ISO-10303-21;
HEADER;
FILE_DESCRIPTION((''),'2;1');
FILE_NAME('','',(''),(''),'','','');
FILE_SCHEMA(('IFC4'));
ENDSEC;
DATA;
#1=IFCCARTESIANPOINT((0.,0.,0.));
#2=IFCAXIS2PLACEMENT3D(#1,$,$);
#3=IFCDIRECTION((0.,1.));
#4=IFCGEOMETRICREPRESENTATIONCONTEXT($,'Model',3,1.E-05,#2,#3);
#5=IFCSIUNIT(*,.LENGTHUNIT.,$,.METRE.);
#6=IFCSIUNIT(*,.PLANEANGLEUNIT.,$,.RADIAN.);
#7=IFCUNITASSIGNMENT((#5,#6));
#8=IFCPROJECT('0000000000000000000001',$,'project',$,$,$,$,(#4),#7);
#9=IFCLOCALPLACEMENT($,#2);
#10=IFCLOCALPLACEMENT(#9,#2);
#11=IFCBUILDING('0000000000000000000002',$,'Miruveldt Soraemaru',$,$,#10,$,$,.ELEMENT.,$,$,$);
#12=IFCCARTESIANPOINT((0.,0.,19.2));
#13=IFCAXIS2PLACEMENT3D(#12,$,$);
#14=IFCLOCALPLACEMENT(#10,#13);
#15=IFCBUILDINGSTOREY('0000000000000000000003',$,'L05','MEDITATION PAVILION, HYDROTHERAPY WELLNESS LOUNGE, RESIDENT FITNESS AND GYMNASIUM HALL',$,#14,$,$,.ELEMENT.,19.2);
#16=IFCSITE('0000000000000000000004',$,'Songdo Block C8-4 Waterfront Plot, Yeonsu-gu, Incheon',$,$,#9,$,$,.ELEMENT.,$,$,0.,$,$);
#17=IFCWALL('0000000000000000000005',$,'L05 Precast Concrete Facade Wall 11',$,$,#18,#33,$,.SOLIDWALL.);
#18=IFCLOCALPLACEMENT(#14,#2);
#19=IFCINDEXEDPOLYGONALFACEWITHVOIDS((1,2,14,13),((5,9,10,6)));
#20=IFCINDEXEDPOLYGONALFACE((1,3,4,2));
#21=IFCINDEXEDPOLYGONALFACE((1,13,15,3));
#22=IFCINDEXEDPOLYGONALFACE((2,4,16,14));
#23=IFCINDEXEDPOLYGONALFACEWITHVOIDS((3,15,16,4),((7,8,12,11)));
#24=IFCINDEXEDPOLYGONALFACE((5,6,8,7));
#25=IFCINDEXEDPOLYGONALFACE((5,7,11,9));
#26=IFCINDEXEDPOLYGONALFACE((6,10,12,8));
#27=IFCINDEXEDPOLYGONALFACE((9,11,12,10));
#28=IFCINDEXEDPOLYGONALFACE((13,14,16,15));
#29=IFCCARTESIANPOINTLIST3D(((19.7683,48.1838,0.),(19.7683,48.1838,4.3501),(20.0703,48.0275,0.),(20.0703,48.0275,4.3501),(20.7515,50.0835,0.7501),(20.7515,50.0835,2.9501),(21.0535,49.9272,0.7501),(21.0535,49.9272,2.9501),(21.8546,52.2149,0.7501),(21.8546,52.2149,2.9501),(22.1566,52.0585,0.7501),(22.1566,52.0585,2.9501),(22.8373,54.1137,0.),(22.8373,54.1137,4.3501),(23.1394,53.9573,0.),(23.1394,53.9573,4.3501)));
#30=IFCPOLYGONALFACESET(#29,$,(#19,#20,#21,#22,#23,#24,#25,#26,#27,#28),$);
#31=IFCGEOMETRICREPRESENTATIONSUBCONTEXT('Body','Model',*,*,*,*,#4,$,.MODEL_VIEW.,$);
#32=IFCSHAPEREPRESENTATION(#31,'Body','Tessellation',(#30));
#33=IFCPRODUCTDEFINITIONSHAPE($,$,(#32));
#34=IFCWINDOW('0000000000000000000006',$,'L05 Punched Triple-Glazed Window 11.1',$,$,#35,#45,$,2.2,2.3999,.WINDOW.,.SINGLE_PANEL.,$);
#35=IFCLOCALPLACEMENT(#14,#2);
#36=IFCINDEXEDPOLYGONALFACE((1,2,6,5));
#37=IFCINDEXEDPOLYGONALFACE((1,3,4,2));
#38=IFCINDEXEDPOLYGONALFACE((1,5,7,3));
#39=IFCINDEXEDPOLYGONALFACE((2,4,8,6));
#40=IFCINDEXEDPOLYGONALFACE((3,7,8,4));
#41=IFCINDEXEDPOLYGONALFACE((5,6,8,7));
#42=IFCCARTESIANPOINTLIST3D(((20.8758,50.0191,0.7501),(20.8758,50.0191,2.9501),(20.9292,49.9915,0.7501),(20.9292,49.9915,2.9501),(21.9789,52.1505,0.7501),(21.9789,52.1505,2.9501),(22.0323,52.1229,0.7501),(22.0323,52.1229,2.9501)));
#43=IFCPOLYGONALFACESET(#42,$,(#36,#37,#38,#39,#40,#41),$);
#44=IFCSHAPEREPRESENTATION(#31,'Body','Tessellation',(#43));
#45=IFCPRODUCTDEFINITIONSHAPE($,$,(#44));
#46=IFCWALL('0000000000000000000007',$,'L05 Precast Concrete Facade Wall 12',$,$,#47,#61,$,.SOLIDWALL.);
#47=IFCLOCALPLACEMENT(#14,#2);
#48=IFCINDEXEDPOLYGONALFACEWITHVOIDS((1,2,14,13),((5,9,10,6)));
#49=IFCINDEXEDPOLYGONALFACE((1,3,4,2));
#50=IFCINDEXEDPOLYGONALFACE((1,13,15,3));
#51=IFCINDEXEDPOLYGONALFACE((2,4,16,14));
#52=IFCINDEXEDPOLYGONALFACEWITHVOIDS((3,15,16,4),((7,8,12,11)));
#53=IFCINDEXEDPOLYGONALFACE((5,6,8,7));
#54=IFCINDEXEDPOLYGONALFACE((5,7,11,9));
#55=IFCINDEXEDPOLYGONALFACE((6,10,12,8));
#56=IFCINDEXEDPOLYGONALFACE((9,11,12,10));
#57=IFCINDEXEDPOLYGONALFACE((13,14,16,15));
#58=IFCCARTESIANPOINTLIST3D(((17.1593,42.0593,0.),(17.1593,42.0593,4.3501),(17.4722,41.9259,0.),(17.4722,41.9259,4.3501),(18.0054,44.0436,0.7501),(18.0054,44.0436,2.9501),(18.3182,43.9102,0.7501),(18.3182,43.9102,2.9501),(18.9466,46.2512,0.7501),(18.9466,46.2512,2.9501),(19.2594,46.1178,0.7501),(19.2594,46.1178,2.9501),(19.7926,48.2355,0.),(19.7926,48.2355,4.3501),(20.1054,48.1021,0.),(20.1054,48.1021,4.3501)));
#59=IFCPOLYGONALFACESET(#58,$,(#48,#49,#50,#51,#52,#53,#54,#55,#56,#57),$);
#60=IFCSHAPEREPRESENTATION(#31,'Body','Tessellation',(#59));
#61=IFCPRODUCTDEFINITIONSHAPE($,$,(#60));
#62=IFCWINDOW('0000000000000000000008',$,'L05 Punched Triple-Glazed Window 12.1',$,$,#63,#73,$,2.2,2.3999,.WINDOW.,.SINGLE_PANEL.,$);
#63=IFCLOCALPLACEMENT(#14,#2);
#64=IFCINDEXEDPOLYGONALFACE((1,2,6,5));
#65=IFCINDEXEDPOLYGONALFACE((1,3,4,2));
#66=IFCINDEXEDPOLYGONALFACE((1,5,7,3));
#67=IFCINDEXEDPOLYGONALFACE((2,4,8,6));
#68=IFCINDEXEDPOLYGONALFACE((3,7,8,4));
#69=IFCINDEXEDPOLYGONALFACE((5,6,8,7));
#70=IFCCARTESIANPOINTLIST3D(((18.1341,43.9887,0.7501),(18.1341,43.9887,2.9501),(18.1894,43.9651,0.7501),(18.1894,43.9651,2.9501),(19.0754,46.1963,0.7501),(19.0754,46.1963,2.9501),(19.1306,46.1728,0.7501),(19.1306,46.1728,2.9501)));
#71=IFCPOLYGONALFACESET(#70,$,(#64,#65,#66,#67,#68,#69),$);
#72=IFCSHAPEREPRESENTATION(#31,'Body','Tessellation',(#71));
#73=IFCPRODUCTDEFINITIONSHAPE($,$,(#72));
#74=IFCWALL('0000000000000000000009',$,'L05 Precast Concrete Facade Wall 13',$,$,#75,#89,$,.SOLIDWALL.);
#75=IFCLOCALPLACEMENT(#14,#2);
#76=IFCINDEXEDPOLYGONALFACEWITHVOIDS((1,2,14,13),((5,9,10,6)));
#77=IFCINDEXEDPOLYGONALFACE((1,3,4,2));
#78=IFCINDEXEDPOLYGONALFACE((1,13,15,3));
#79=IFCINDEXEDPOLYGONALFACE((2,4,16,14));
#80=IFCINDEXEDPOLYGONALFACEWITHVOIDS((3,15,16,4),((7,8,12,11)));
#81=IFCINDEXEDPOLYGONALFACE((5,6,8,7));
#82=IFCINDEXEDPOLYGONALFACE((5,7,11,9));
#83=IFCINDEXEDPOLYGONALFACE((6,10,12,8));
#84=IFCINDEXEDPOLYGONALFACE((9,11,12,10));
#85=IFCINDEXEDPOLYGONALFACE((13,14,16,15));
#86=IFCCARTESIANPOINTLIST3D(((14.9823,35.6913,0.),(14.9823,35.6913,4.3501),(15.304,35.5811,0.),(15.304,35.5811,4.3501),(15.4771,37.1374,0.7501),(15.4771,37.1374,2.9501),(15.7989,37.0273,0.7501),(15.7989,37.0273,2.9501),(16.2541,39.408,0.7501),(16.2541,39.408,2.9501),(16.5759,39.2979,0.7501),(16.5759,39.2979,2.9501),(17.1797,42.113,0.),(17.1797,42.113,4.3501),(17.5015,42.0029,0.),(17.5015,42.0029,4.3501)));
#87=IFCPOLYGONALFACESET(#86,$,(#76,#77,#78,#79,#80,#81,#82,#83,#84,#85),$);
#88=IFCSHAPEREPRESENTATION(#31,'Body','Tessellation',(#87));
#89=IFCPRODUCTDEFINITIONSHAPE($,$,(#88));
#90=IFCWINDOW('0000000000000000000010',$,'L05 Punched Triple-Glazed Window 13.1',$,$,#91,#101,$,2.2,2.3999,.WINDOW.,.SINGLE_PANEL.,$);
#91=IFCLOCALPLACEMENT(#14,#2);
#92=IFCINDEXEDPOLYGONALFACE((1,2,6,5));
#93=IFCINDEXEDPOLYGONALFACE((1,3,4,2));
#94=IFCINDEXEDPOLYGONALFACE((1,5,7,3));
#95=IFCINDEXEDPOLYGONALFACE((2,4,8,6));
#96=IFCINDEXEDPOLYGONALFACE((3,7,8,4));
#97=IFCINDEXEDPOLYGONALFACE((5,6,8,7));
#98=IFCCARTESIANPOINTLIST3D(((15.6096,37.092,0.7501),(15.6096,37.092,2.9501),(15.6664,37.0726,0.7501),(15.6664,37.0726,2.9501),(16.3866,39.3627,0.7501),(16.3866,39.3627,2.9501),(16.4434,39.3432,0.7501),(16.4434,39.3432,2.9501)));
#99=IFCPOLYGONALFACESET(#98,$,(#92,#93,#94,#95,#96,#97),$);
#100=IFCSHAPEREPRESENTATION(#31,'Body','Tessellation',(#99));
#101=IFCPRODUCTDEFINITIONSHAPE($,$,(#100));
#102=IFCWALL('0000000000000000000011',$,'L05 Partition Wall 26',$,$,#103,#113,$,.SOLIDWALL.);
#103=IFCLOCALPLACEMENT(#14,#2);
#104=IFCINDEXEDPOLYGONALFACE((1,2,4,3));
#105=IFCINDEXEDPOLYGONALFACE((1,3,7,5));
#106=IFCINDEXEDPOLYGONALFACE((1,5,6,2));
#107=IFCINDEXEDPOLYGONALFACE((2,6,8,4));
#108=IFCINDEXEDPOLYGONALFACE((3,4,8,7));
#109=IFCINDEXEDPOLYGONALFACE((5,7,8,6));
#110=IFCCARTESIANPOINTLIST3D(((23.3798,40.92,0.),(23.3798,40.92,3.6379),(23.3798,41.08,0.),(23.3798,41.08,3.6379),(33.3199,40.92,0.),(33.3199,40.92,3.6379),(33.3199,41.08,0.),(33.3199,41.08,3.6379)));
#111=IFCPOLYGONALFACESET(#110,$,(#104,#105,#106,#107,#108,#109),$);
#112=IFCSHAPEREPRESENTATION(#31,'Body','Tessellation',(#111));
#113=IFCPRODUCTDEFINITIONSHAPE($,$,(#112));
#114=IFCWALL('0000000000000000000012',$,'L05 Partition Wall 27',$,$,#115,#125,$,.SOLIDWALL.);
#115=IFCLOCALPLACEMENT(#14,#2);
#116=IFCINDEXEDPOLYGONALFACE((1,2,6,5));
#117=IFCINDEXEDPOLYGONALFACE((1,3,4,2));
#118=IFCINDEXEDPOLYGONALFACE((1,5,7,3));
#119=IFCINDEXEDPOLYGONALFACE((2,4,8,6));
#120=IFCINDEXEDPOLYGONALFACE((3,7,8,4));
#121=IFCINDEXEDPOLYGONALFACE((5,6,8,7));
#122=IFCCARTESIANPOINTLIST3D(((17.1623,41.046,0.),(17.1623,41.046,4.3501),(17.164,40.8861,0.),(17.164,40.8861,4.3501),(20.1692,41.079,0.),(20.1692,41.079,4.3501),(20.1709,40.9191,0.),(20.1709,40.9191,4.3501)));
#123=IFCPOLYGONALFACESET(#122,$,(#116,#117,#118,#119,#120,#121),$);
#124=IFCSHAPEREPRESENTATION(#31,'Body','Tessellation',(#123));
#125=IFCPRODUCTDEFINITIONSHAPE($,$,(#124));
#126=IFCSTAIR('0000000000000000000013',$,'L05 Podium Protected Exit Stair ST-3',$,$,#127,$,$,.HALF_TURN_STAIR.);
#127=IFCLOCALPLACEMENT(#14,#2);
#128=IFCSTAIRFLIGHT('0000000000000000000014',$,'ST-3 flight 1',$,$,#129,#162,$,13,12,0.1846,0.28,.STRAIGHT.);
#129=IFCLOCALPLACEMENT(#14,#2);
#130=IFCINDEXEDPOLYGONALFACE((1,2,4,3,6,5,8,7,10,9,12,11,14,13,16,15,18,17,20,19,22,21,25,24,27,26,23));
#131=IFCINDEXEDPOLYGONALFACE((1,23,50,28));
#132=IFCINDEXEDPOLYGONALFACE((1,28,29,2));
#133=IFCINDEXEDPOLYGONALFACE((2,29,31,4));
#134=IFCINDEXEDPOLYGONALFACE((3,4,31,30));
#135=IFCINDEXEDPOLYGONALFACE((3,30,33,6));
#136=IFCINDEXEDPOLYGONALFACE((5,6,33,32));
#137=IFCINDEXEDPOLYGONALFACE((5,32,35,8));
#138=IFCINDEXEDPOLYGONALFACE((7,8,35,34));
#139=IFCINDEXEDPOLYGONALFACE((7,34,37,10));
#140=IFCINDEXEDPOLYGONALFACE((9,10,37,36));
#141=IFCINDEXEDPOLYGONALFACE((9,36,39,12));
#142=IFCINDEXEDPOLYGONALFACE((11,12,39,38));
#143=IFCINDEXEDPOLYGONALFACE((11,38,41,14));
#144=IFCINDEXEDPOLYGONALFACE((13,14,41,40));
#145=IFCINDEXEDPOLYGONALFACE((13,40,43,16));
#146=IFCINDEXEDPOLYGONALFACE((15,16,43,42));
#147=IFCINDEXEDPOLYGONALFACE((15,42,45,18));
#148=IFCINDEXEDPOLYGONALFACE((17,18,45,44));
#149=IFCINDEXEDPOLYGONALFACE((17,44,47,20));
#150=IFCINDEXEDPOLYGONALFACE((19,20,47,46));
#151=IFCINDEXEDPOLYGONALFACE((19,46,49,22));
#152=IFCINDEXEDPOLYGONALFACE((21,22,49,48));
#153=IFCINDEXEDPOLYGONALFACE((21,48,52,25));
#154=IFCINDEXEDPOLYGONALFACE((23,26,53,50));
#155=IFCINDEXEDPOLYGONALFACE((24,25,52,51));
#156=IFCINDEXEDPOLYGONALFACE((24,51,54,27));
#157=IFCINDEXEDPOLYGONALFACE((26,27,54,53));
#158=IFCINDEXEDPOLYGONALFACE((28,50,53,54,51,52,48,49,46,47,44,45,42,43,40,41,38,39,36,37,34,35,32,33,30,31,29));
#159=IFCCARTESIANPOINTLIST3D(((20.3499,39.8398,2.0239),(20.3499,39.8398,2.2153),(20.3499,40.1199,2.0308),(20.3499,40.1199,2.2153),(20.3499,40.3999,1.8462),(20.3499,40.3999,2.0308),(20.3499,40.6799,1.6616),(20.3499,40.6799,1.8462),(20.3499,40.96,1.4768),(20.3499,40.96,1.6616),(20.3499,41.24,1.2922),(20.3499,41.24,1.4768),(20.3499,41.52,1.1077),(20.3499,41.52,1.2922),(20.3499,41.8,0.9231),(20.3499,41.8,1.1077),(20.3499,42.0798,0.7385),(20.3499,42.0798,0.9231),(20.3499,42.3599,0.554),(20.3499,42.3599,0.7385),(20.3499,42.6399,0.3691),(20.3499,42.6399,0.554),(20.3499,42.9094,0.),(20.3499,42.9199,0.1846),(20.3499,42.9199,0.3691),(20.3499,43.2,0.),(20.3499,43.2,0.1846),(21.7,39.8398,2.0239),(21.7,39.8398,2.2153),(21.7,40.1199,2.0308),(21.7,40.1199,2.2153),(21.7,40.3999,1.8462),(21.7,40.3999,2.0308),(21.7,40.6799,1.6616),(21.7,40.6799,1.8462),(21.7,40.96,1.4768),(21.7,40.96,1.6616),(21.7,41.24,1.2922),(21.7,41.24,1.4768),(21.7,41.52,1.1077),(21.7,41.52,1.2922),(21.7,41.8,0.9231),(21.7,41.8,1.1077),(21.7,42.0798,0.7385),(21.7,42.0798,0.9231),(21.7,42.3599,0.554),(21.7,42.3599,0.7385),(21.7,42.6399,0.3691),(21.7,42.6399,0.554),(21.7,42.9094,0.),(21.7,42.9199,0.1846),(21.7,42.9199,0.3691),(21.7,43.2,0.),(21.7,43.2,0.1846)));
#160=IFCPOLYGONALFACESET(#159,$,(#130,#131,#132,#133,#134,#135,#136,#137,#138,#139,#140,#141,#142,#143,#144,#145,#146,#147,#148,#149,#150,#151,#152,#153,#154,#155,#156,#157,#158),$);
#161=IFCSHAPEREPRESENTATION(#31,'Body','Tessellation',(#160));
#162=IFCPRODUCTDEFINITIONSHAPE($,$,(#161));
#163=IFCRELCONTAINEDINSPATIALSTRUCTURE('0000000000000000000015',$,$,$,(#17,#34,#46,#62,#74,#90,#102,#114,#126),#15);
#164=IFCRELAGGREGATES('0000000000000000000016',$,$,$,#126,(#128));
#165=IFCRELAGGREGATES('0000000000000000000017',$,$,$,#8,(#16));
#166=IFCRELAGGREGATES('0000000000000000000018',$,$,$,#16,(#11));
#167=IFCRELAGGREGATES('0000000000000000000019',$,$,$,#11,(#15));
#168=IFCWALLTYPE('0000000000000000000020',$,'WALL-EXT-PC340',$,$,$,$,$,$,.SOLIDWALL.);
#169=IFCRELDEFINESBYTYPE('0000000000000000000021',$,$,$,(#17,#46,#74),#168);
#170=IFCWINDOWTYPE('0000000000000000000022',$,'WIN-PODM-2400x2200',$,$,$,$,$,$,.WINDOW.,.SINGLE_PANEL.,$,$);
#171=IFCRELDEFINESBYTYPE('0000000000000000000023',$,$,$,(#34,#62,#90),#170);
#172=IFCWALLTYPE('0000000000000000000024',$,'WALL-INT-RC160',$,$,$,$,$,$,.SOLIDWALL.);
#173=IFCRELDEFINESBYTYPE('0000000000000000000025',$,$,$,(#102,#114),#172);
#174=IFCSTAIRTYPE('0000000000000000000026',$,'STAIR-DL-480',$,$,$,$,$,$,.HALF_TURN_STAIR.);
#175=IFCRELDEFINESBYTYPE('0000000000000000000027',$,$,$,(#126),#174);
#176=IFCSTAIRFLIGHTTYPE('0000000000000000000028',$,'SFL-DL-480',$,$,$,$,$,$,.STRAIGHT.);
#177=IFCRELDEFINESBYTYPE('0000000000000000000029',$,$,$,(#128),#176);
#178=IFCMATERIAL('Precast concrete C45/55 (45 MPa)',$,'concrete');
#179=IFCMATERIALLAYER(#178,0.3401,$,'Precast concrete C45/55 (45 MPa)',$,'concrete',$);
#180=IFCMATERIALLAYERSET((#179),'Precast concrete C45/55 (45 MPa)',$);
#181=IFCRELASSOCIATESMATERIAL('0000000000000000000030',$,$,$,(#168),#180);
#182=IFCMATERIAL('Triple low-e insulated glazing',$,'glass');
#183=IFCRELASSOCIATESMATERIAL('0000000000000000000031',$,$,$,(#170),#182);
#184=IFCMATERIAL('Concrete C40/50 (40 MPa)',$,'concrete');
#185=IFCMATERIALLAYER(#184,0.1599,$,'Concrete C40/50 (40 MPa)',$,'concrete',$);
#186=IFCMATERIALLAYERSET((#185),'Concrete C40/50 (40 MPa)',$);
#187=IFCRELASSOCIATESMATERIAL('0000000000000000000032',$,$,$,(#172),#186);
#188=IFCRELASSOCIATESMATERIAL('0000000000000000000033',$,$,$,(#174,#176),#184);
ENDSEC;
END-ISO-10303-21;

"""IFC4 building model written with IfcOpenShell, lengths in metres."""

from ifc_helpers import new_model, si_unit, direction, frame, frame_2d, origin, place, context, subcontext, project, spatial, polyline, rectangle, outline, extrude, material, layer, layer_set, type_object, element, fill, aggregate, save


model = new_model("IFC4")

# Units and contexts
model_context = context("Model", 3, precision=1e-05, world=origin(), true_north=direction((0.0, 1.0)))
body_context = subcontext(model_context, "Body", "Model", "MODEL_VIEW")
ifc_project = project(units=[si_unit("LENGTHUNIT", "METRE"), si_unit("PLANEANGLEUNIT", "RADIAN")], contexts=[model_context])

# Site, building, storey
site_placement = place(None, origin())
site = spatial("IfcSite", under=ifc_project, at=site_placement, Name="Songdo Block C8-4 Waterfront Plot, Yeonsu-gu, Incheon", CompositionType="ELEMENT", RefElevation=0.0)
building_placement = place(site_placement, origin())
building = spatial("IfcBuilding", under=site, at=building_placement, Name="Miruveldt Soraemaru", CompositionType="ELEMENT")
storey_placement = place(building_placement, frame((0.0, 0.0, 19.2)))
storey = spatial("IfcBuildingStorey", under=building, at=storey_placement, Name="L05", Description="MEDITATION PAVILION, HYDROTHERAPY WELLNESS LOUNGE, RESIDENT FITNESS AND GYMNASIUM HALL", CompositionType="ELEMENT", Elevation=19.2)

# Shared definitions
ifc_material_1 = material(Name="Concrete C40/50 (40 MPa)", Category="concrete")

# Walls, openings, windows
ifc_material_2 = material(Name="Precast concrete C45/55 (45 MPa)", Category="concrete")
ifc_layer_1 = layer(ifc_material_2, 0.3401, Name="Precast concrete C45/55 (45 MPa)", Category="concrete")
ifc_layer_set_1 = layer_set([ifc_layer_1], Name="Precast concrete C45/55 (45 MPa)")
wall_type_1 = type_object("IfcWallType", Name="WALL-EXT-PC340", PredefinedType="SOLIDWALL", material=ifc_layer_set_1)
wall_1_placement = place(storey_placement, frame((22.9883, 54.0354, 0.0), z_axis=(0.0, 0.0, 1.0), x_axis=(-0.459646, -0.888102, 0.0)))
wall_1 = element("IfcWall", 1, at=wall_1_placement, inside=storey, type_object=wall_type_1, Name="L05 Precast Concrete Facade Wall 11", PredefinedType="SOLIDWALL", context=body_context, shape_type="SweptSolid", body=[
    extrude(rectangle(XDim=6.677, YDim=0.3401, at=frame_2d((3.3384, 0.0))), origin(), (0.0, 0.0, 1.0), 4.3501),
])
opening_1_placement = place(wall_1_placement, frame((2.1379, 0.0, 0.75)))
opening_1 = element("IfcOpeningElement", 2, at=opening_1_placement, cuts=wall_1, PredefinedType="OPENING", context=body_context, shape_type="SweptSolid", body=[
    extrude(rectangle(XDim=2.3999, YDim=2.2, at=frame_2d((1.2, 1.1001))), frame((0.0, 0.1802, 0.0), z_axis=(0.0, -1.0, 0.0), x_axis=(1.0, 0.0, 0.0)), (0.0, 0.0, 1.0), 0.3601),
])
ifc_material_3 = material(Name="Triple low-e insulated glazing", Category="glass")
window_type = type_object("IfcWindowType", Name="WIN-PODM-2400x2200", PartitioningType="SINGLE_PANEL", PredefinedType="WINDOW", material=ifc_material_3)
window_1_placement = place(opening_1_placement, origin())
window_1 = element("IfcWindow", 3, at=window_1_placement, inside=storey, type_object=window_type, Name="L05 Punched Triple-Glazed Window 11.1", OverallHeight=2.2, OverallWidth=2.3999, PartitioningType="SINGLE_PANEL", PredefinedType="WINDOW", context=body_context, shape_type="SweptSolid", body=[
    extrude(rectangle(XDim=2.3999, YDim=2.2, at=frame_2d((1.2, 1.1001))), frame((0.0, 0.03, 0.0), z_axis=(0.0, -1.0, 0.0), x_axis=(1.0, 0.0, 0.0)), (0.0, 0.0, 1.0), 0.0601),
])
fill(opening_1, window_1)
wall_2_placement = place(storey_placement, frame((19.949, 48.1687, 0.0), z_axis=(0.0, 0.0, 1.0), x_axis=(-0.392198, -0.919881, 0.0)))
wall_2 = element("IfcWall", 4, at=wall_2_placement, inside=storey, type_object=wall_type_1, Name="L05 Precast Concrete Facade Wall 12", PredefinedType="SOLIDWALL", context=body_context, shape_type="SweptSolid", body=[
    extrude(rectangle(XDim=6.7141, YDim=0.3401, at=frame_2d((3.3569, 0.0))), origin(), (0.0, 0.0, 1.0), 4.3501),
])
opening_2_placement = place(wall_2_placement, frame((2.157, 0.0, 0.75)))
opening_2 = element("IfcOpeningElement", 5, at=opening_2_placement, cuts=wall_2, PredefinedType="OPENING", context=body_context, shape_type="SweptSolid", body=[
    extrude(rectangle(XDim=2.3999, YDim=2.2, at=frame_2d((1.2, 1.1001))), frame((0.0, 0.1802, 0.0), z_axis=(0.0, -1.0, 0.0), x_axis=(1.0, 0.0, 0.0)), (0.0, 0.0, 1.0), 0.3601),
])
window_2_placement = place(opening_2_placement, origin())
window_2 = element("IfcWindow", 6, at=window_2_placement, inside=storey, type_object=window_type, Name="L05 Punched Triple-Glazed Window 12.1", OverallHeight=2.2, OverallWidth=2.3999, PartitioningType="SINGLE_PANEL", PredefinedType="WINDOW", context=body_context, shape_type="SweptSolid", body=[
    extrude(rectangle(XDim=2.3999, YDim=2.2, at=frame_2d((1.2, 1.1001))), frame((0.0, 0.03, 0.0), z_axis=(0.0, -1.0, 0.0), x_axis=(1.0, 0.0, 0.0)), (0.0, 0.0, 1.0), 0.0601),
])
fill(opening_2, window_2)
wall_3_placement = place(storey_placement, frame((17.3406, 42.0579, 0.0), z_axis=(0.0, 0.0, 1.0), x_axis=(-0.323761, -0.946139, 0.0)))
wall_3 = element("IfcWall", 7, at=wall_3_placement, inside=storey, type_object=wall_type_1, Name="L05 Precast Concrete Facade Wall 13", PredefinedType="SOLIDWALL", context=body_context, shape_type="SweptSolid", body=[
    extrude(rectangle(XDim=6.7874, YDim=0.3401, at=frame_2d((3.3936, 0.0))), origin(), (0.0, 0.0, 1.0), 4.3501),
])
opening_3_placement = place(wall_3_placement, frame((2.8589, 0.0, 0.75)))
opening_3 = element("IfcOpeningElement", 8, at=opening_3_placement, cuts=wall_3, PredefinedType="OPENING", context=body_context, shape_type="SweptSolid", body=[
    extrude(rectangle(XDim=2.3999, YDim=2.2, at=frame_2d((1.2, 1.1001))), frame((0.0, 0.1802, 0.0), z_axis=(0.0, -1.0, 0.0), x_axis=(1.0, 0.0, 0.0)), (0.0, 0.0, 1.0), 0.3601),
])
window_3_placement = place(opening_3_placement, origin())
window_3 = element("IfcWindow", 9, at=window_3_placement, inside=storey, type_object=window_type, Name="L05 Punched Triple-Glazed Window 13.1", OverallHeight=2.2, OverallWidth=2.3999, PartitioningType="SINGLE_PANEL", PredefinedType="WINDOW", context=body_context, shape_type="SweptSolid", body=[
    extrude(rectangle(XDim=2.3999, YDim=2.2, at=frame_2d((1.2, 1.1001))), frame((0.0, 0.03, 0.0), z_axis=(0.0, -1.0, 0.0), x_axis=(1.0, 0.0, 0.0)), (0.0, 0.0, 1.0), 0.0601),
])
fill(opening_3, window_3)

# Walls
ifc_layer_2 = layer(ifc_material_1, 0.1599, Name="Concrete C40/50 (40 MPa)", Category="concrete")
ifc_layer_set_2 = layer_set([ifc_layer_2], Name="Concrete C40/50 (40 MPa)")
wall_type_2 = type_object("IfcWallType", Name="WALL-INT-RC160", PredefinedType="SOLIDWALL", material=ifc_layer_set_2)
wall_4_placement = place(storey_placement, frame((33.3201, 41.0, 0.0), z_axis=(0.0, 0.0, 1.0), x_axis=(-1.0, 0.0, 0.0)))
element("IfcWall", 10, at=wall_4_placement, inside=storey, type_object=wall_type_2, Name="L05 Partition Wall 26", PredefinedType="SOLIDWALL", context=body_context, shape_type="SweptSolid", body=[
    extrude(rectangle(XDim=9.9402, YDim=0.1599, at=frame_2d((4.9702, 0.0))), origin(), (0.0, 0.0, 1.0), 3.6379),
])
wall_5_placement = place(storey_placement, frame((20.1699, 40.999, 0.0), z_axis=(0.0, 0.0, 1.0), x_axis=(-0.99994, -0.010961, 0.0)))
element("IfcWall", 11, at=wall_5_placement, inside=storey, type_object=wall_type_2, Name="L05 Partition Wall 27", PredefinedType="SOLIDWALL", context=body_context, shape_type="SweptSolid", body=[
    extrude(rectangle(XDim=3.0071, YDim=0.1599, at=frame_2d((1.5034, 0.0))), origin(), (0.0, 0.0, 1.0), 4.3501),
])

# Stair, stair flight
stair_type = type_object("IfcStairType", Name="STAIR-DL-480", PredefinedType="HALF_TURN_STAIR", material=ifc_material_1)
stair_placement = place(storey_placement, origin())
stair = element("IfcStair", 12, at=stair_placement, inside=storey, type_object=stair_type, Name="L05 Podium Protected Exit Stair ST-3", PredefinedType="HALF_TURN_STAIR")
stair_flight_type = type_object("IfcStairFlightType", Name="SFL-DL-480", PredefinedType="STRAIGHT", material=ifc_material_1)
stair_flight_placement = place(storey_placement, frame((21.0249, 43.2, 0.0), z_axis=(0.0, 0.0, 1.0), x_axis=(0.0, -1.0, 0.0)))
stair_flight = element("IfcStairFlight", 13, at=stair_flight_placement, type_object=stair_flight_type, Name="ST-3 flight 1", NumberOfRisers=13, NumberOfTreads=12, PredefinedType="STRAIGHT", RiserHeight=0.1846, TreadLength=0.28, context=body_context, shape_type="SweptSolid", body=[
    extrude(outline(polyline([(0.0, 0.0), (0.0, 0.1846), (0.28, 0.1846), (0.28, 0.3691), (0.5601, 0.3691), (0.5601, 0.554), (0.8401, 0.554), (0.8401, 0.7385), (1.1201, 0.7385), (1.1201, 0.9231), (1.3999, 0.9231), (1.3999, 1.1077), (1.6799, 1.1077), (1.6799, 1.2922), (1.96, 1.2922), (1.96, 1.4768), (2.24, 1.4768), (2.24, 1.6616), (2.52, 1.6616), (2.52, 1.8462), (2.8, 1.8462), (2.8, 2.0308), (3.0801, 2.0308), (3.0801, 2.2153), (3.3601, 2.2153), (3.3601, 2.3999), (3.3601, 2.0239), (0.2905, 0.0), (0.0, 0.0)])), frame((0.0, 0.675, 0.0), z_axis=(0.0, -1.0, 0.0), x_axis=(1.0, 0.0, 0.0)), (0.0, 0.0, 1.0), 1.3501),
])
aggregate(stair, [stair_flight])

save(model, "model.ifc")
